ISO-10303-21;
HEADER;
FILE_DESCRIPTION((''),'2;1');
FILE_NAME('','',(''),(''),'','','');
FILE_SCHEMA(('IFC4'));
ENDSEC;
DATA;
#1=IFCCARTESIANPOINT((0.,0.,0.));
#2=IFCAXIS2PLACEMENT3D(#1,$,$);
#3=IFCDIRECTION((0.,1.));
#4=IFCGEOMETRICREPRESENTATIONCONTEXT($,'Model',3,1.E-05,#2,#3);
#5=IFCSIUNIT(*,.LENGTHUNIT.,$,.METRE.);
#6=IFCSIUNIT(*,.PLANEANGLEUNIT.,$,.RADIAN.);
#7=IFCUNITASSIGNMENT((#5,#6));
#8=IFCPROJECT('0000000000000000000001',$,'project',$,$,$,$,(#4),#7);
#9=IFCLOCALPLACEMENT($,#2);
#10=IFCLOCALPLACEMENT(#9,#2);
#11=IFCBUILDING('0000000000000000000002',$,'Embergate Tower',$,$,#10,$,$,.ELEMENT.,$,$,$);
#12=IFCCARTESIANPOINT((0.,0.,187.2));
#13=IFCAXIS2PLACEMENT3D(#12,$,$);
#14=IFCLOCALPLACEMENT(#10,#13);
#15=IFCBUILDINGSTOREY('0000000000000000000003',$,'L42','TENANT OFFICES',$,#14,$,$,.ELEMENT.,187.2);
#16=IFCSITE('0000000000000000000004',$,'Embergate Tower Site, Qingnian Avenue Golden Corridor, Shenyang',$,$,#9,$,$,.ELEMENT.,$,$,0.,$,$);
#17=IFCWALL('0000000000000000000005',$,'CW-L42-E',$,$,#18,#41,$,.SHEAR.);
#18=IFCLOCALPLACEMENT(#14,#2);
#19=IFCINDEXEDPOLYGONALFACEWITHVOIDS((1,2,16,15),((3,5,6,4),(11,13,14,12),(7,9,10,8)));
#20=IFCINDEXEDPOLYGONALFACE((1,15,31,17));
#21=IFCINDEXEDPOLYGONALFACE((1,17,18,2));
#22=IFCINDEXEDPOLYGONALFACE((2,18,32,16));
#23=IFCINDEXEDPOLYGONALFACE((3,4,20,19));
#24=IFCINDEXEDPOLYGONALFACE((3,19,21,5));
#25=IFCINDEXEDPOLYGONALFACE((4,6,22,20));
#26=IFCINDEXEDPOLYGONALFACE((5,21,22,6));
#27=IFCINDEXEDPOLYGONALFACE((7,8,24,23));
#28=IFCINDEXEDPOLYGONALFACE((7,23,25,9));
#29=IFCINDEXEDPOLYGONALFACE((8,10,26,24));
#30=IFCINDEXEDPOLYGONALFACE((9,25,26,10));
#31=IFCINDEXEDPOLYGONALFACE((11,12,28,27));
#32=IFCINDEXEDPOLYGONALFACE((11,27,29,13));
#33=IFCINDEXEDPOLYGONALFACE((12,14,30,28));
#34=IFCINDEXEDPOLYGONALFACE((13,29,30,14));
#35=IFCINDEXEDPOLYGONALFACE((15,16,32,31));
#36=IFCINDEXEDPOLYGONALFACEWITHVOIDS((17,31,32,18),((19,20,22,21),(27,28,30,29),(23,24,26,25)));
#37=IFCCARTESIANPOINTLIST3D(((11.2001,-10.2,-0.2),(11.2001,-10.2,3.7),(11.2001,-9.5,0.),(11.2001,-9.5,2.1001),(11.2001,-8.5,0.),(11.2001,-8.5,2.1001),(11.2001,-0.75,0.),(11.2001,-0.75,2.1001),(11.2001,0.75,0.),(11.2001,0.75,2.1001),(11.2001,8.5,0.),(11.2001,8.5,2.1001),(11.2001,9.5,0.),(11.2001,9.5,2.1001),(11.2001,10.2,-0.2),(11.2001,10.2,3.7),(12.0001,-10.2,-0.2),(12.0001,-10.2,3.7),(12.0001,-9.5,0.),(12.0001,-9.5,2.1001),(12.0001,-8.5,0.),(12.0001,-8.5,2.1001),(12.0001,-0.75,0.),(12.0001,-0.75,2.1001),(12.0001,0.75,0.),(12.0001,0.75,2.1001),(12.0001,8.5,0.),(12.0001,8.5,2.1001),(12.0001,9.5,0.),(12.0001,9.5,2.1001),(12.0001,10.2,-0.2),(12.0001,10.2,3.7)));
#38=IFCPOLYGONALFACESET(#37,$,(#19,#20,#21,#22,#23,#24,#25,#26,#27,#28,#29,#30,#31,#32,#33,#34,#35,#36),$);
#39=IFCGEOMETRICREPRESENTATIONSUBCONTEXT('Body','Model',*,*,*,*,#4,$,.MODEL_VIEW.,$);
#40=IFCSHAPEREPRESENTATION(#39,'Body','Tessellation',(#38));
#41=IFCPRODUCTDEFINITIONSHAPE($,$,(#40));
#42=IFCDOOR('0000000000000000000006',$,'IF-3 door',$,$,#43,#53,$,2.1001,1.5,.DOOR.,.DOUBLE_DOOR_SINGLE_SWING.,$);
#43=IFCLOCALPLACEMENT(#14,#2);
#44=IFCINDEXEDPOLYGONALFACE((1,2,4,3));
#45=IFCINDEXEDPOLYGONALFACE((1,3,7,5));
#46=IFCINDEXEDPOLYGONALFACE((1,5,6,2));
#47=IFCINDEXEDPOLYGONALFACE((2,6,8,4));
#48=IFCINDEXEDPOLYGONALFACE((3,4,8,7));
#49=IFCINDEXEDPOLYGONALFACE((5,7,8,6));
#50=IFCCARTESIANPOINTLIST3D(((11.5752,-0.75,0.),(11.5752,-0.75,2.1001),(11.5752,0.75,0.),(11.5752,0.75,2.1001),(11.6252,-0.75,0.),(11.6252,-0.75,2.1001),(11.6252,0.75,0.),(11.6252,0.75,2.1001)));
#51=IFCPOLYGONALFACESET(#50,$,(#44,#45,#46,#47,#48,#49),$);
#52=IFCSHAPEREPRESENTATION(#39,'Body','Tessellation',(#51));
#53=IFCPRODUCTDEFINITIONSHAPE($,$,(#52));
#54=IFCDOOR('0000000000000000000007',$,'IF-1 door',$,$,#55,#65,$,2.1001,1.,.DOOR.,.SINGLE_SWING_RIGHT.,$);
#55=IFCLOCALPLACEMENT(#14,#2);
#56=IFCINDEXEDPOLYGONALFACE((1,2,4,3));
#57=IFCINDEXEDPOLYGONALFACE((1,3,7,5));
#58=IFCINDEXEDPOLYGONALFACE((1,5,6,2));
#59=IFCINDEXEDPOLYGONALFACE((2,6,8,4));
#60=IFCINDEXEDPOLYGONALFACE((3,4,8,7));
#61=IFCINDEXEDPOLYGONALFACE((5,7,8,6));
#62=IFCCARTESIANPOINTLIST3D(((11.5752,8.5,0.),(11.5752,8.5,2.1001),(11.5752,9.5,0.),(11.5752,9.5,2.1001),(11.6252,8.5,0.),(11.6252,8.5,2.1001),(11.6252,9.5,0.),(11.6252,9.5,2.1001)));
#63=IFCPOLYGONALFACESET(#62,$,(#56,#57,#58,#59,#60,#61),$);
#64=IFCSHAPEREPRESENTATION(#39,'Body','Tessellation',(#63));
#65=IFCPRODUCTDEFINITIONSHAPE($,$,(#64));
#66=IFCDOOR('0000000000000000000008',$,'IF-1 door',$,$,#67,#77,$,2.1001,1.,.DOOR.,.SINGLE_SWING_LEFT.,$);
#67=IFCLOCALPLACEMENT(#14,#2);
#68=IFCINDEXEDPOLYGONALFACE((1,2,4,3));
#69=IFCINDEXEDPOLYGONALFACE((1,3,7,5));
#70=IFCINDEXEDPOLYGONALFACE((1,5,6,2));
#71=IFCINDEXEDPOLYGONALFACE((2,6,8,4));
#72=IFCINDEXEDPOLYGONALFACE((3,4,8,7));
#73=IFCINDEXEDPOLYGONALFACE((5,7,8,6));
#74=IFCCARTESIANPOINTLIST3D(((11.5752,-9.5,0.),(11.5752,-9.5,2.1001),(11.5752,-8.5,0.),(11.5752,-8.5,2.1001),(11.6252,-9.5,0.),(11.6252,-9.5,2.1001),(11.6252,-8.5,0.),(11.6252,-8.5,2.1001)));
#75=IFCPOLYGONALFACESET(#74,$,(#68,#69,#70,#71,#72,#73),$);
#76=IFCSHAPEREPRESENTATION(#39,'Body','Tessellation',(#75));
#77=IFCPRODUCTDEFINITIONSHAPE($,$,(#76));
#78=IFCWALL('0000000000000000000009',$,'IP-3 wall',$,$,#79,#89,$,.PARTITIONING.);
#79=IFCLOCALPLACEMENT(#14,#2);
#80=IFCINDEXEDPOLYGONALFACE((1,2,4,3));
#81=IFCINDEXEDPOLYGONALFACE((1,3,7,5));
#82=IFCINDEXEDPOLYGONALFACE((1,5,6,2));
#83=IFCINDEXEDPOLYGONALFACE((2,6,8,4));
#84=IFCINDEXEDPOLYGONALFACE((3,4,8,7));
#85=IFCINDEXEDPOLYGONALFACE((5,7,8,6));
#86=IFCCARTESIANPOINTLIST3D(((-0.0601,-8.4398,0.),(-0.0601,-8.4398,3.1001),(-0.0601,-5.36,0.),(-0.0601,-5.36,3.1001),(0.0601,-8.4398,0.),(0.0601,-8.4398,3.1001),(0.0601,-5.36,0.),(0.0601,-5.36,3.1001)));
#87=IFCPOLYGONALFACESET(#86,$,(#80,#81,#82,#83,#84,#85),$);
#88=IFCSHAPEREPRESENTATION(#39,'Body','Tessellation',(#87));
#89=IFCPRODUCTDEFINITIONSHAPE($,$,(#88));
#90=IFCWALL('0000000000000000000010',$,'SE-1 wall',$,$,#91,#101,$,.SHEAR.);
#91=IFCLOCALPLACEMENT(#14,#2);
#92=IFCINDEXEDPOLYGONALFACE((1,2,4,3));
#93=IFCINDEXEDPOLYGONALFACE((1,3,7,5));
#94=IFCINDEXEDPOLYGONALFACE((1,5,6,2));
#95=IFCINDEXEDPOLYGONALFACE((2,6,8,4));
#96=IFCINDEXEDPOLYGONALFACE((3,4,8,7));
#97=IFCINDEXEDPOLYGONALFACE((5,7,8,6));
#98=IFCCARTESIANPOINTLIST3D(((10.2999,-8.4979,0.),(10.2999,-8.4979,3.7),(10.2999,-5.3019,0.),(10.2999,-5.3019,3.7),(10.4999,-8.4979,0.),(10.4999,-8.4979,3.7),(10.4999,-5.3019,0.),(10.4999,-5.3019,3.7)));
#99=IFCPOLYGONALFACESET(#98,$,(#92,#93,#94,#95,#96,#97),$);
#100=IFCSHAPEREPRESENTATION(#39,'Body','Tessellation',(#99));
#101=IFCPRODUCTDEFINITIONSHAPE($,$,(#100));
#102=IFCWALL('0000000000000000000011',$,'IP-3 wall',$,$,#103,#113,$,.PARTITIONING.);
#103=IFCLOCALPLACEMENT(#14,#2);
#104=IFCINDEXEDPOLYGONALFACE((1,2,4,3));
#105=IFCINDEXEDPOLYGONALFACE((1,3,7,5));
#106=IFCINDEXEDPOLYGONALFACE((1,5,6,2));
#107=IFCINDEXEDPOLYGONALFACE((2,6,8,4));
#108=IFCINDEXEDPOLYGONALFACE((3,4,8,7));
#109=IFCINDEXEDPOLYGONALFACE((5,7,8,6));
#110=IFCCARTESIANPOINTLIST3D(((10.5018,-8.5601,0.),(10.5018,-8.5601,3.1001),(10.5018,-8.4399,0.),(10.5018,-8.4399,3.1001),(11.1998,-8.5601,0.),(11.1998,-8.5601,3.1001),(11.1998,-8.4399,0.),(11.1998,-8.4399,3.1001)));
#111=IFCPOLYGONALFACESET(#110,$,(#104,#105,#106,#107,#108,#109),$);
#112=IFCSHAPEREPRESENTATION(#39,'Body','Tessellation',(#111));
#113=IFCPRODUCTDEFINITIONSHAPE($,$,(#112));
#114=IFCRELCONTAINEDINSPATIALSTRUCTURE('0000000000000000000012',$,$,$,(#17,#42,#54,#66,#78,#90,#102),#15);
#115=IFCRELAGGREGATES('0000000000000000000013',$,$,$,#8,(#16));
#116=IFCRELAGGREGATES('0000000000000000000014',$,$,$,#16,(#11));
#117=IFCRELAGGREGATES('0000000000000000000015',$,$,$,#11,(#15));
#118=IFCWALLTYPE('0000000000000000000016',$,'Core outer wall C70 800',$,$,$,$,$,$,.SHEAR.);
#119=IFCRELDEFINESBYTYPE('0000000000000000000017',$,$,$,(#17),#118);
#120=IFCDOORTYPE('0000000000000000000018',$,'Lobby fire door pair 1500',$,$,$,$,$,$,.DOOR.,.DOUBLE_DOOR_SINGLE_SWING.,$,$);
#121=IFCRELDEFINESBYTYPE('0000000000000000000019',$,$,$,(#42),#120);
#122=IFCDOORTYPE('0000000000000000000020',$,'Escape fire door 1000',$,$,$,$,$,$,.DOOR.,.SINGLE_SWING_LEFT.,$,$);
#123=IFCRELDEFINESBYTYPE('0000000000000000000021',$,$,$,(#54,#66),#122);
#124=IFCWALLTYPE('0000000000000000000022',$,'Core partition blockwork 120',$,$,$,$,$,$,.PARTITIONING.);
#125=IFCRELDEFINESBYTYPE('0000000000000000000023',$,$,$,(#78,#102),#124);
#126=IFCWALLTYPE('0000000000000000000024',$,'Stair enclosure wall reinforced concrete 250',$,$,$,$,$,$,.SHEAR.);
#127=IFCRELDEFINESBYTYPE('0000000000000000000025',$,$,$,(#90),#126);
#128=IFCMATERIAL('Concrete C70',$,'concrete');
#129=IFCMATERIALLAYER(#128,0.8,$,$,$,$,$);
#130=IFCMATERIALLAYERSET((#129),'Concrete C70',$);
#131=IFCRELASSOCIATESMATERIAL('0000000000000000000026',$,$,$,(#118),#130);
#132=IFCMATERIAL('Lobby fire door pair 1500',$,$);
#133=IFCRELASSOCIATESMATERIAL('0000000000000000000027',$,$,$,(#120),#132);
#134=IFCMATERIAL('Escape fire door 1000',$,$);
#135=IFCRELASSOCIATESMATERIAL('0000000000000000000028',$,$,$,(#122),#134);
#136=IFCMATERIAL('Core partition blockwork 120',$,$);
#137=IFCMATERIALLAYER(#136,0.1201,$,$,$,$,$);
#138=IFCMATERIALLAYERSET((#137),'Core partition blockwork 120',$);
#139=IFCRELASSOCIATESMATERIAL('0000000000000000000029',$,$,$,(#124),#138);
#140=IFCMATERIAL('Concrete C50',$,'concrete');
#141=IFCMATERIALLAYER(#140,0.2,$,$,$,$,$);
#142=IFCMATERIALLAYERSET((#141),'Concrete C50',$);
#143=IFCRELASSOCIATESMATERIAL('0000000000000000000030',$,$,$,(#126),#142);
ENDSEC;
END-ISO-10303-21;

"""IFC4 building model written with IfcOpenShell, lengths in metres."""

from ifc_helpers import new_model, si_unit, direction, frame, frame_2d, origin, place, context, subcontext, project, spatial, rectangle, extrude, source, transform, mapped, material, layer, layer_set, type_object, element, fill, save


model = new_model("IFC4")

# Units and contexts
model_context = context("Model", 3, precision=1e-05, world=origin(), true_north=direction((0.0, 1.0)))
body_context = subcontext(model_context, "Body", "Model", "MODEL_VIEW")
ifc_project = project(units=[si_unit("LENGTHUNIT", "METRE"), si_unit("PLANEANGLEUNIT", "RADIAN")], contexts=[model_context])

# Site, building, storey
site_placement = place(None, origin())
site = spatial("IfcSite", under=ifc_project, at=site_placement, Name="Embergate Tower Site, Qingnian Avenue Golden Corridor, Shenyang", CompositionType="ELEMENT", RefElevation=0.0)
building_placement = place(site_placement, origin())
building = spatial("IfcBuilding", under=site, at=building_placement, Name="Embergate Tower", CompositionType="ELEMENT")
storey_placement = place(building_placement, frame((0.0, 0.0, 187.2)))
storey = spatial("IfcBuildingStorey", under=building, at=storey_placement, Name="L42", Description="TENANT OFFICES", CompositionType="ELEMENT", Elevation=187.2)

# Shared definitions
ifc_material_1 = material(Name="Concrete C70", Category="concrete")

# Wall, openings, doors
ifc_layer_1 = layer(ifc_material_1, 0.8)
ifc_layer_set_1 = layer_set([ifc_layer_1], Name="Concrete C70")
wall_type_1 = type_object("IfcWallType", Name="Core outer wall C70 800", PredefinedType="SHEAR", material=ifc_layer_set_1)
shared_shape_1 = source(origin(), body_context, "Body", "SweptSolid", [
    extrude(rectangle(XDim=20.3999, YDim=0.8, at=frame_2d((10.2, 0.0))), origin(), (0.0, 0.0, 1.0), 3.8999),
])
wall_1_placement = place(storey_placement, frame((11.6001, -10.2, -0.2), z_axis=(0.0, 0.0, 1.0), x_axis=(0.0, 1.0, 0.0)))
wall_1 = element("IfcWall", 1, at=wall_1_placement, inside=storey, type_object=wall_type_1, Name="CW-L42-E", PredefinedType="SHEAR", context=body_context, shape_type="MappedRepresentation", body=[
    mapped(shared_shape_1, transform((0.0, 0.0, 0.0))),
])
shared_shape_2 = source(origin(), body_context, "Body", "SweptSolid", [
    extrude(rectangle(XDim=1.0, YDim=2.1001, at=frame_2d((0.5, 1.05))), frame((0.0, 0.4099, 0.0), z_axis=(0.0, -1.0, 0.0), x_axis=(1.0, 0.0, 0.0)), (0.0, 0.0, 1.0), 0.8201),
])
opening_1_placement = place(wall_1_placement, frame((18.7, 0.0, 0.2)))
opening_1 = element("IfcOpeningElement", 2, at=opening_1_placement, cuts=wall_1, PredefinedType="OPENING", context=body_context, shape_type="MappedRepresentation", body=[
    mapped(shared_shape_2, transform((0.0, 0.0, 0.0))),
])
opening_2_placement = place(wall_1_placement, frame((0.7, 0.0, 0.2)))
opening_2 = element("IfcOpeningElement", 3, at=opening_2_placement, cuts=wall_1, PredefinedType="OPENING", context=body_context, shape_type="MappedRepresentation", body=[
    mapped(shared_shape_2, transform((0.0, 0.0, 0.0))),
])
shared_shape_3 = source(origin(), body_context, "Body", "SweptSolid", [
    extrude(rectangle(XDim=1.5, YDim=2.1001, at=frame_2d((0.75, 1.05))), frame((0.0, 0.4099, 0.0), z_axis=(0.0, -1.0, 0.0), x_axis=(1.0, 0.0, 0.0)), (0.0, 0.0, 1.0), 0.8201),
])
opening_3_placement = place(wall_1_placement, frame((9.45, 0.0, 0.2)))
opening_3 = element("IfcOpeningElement", 4, at=opening_3_placement, cuts=wall_1, PredefinedType="OPENING", context=body_context, shape_type="MappedRepresentation", body=[
    mapped(shared_shape_3, transform((0.0, 0.0, 0.0))),
])
ifc_material_2 = material(Name="Lobby fire door pair 1500")
door_type_1 = type_object("IfcDoorType", Name="Lobby fire door pair 1500", OperationType="DOUBLE_DOOR_SINGLE_SWING", PredefinedType="DOOR", material=ifc_material_2)
shared_shape_4 = source(origin(), body_context, "Body", "SweptSolid", [
    extrude(rectangle(XDim=1.5, YDim=2.1001, at=frame_2d((0.75, 1.05))), frame((0.0, 0.0249, 0.0), z_axis=(0.0, -1.0, 0.0), x_axis=(1.0, 0.0, 0.0)), (0.0, 0.0, 1.0), 0.05),
])
door_1_placement = place(opening_3_placement, origin())
door_1 = element("IfcDoor", 5, at=door_1_placement, inside=storey, type_object=door_type_1, Name="IF-3 door", OperationType="DOUBLE_DOOR_SINGLE_SWING", OverallHeight=2.1001, OverallWidth=1.5, PredefinedType="DOOR", context=body_context, shape_type="MappedRepresentation", body=[
    mapped(shared_shape_4, transform((0.0, 0.0, 0.0))),
])
fill(opening_3, door_1)
ifc_material_3 = material(Name="Escape fire door 1000")
door_type_2 = type_object("IfcDoorType", Name="Escape fire door 1000", OperationType="SINGLE_SWING_LEFT", PredefinedType="DOOR", material=ifc_material_3)
shared_shape_5 = source(origin(), body_context, "Body", "SweptSolid", [
    extrude(rectangle(XDim=1.0, YDim=2.1001, at=frame_2d((0.5, 1.05))), frame((0.0, 0.0249, 0.0), z_axis=(0.0, -1.0, 0.0), x_axis=(1.0, 0.0, 0.0)), (0.0, 0.0, 1.0), 0.05),
])
door_2_placement = place(opening_1_placement, origin())
door_2 = element("IfcDoor", 6, at=door_2_placement, inside=storey, type_object=door_type_2, Name="IF-1 door", OperationType="SINGLE_SWING_RIGHT", OverallHeight=2.1001, OverallWidth=1.0, PredefinedType="DOOR", context=body_context, shape_type="MappedRepresentation", body=[
    mapped(shared_shape_5, transform((0.0, 0.0, 0.0))),
])
fill(opening_1, door_2)
door_3_placement = place(opening_2_placement, origin())
door_3 = element("IfcDoor", 7, at=door_3_placement, inside=storey, type_object=door_type_2, Name="IF-1 door", OperationType="SINGLE_SWING_LEFT", OverallHeight=2.1001, OverallWidth=1.0, PredefinedType="DOOR", context=body_context, shape_type="MappedRepresentation", body=[
    mapped(shared_shape_5, transform((0.0, 0.0, 0.0))),
])
fill(opening_2, door_3)

# Walls
ifc_material_4 = material(Name="Core partition blockwork 120")
ifc_layer_2 = layer(ifc_material_4, 0.1201)
ifc_layer_set_2 = layer_set([ifc_layer_2], Name="Core partition blockwork 120")
wall_type_2 = type_object("IfcWallType", Name="Core partition blockwork 120", PredefinedType="PARTITIONING", material=ifc_layer_set_2)
shared_shape_6 = source(origin(), body_context, "Body", "SweptSolid", [
    extrude(rectangle(XDim=3.0798, YDim=0.1201, at=frame_2d((1.54, 0.0))), origin(), (0.0, 0.0, 1.0), 3.1001),
])
wall_2_placement = place(storey_placement, frame((0.0, -8.4399, 0.0), z_axis=(0.0, 0.0, 1.0), x_axis=(0.0, 1.0, 0.0)))
element("IfcWall", 8, at=wall_2_placement, inside=storey, type_object=wall_type_2, Name="IP-3 wall", PredefinedType="PARTITIONING", context=body_context, shape_type="MappedRepresentation", body=[
    mapped(shared_shape_6, transform((0.0, 0.0, 0.0))),
])
ifc_material_5 = material(Name="Concrete C50", Category="concrete")
ifc_layer_3 = layer(ifc_material_5, 0.2)
ifc_layer_set_3 = layer_set([ifc_layer_3], Name="Concrete C50")
wall_type_3 = type_object("IfcWallType", Name="Stair enclosure wall reinforced concrete 250", PredefinedType="SHEAR", material=ifc_layer_set_3)
shared_shape_7 = source(origin(), body_context, "Body", "SweptSolid", [
    extrude(rectangle(XDim=3.196, YDim=0.2, at=frame_2d((1.5981, 0.0))), origin(), (0.0, 0.0, 1.0), 3.7),
])
wall_3_placement = place(storey_placement, frame((10.3999, -8.498, 0.0), z_axis=(0.0, 0.0, 1.0), x_axis=(0.0, 1.0, 0.0)))
element("IfcWall", 9, at=wall_3_placement, inside=storey, type_object=wall_type_3, Name="SE-1 wall", PredefinedType="SHEAR", context=body_context, shape_type="MappedRepresentation", body=[
    mapped(shared_shape_7, transform((0.0, 0.0, 0.0))),
])
shared_shape_8 = source(origin(), body_context, "Body", "SweptSolid", [
    extrude(rectangle(XDim=0.698, YDim=0.1201, at=frame_2d((0.3491, 0.0))), origin(), (0.0, 0.0, 1.0), 3.1001),
])
wall_4_placement = place(storey_placement, frame((11.2, -8.5, 0.0), z_axis=(0.0, 0.0, 1.0), x_axis=(-1.0, 0.0, 0.0)))
element("IfcWall", 10, at=wall_4_placement, inside=storey, type_object=wall_type_2, Name="IP-3 wall", PredefinedType="PARTITIONING", context=body_context, shape_type="MappedRepresentation", body=[
    mapped(shared_shape_8, transform((0.0, 0.0, 0.0))),
])

save(model, "model.ifc")
